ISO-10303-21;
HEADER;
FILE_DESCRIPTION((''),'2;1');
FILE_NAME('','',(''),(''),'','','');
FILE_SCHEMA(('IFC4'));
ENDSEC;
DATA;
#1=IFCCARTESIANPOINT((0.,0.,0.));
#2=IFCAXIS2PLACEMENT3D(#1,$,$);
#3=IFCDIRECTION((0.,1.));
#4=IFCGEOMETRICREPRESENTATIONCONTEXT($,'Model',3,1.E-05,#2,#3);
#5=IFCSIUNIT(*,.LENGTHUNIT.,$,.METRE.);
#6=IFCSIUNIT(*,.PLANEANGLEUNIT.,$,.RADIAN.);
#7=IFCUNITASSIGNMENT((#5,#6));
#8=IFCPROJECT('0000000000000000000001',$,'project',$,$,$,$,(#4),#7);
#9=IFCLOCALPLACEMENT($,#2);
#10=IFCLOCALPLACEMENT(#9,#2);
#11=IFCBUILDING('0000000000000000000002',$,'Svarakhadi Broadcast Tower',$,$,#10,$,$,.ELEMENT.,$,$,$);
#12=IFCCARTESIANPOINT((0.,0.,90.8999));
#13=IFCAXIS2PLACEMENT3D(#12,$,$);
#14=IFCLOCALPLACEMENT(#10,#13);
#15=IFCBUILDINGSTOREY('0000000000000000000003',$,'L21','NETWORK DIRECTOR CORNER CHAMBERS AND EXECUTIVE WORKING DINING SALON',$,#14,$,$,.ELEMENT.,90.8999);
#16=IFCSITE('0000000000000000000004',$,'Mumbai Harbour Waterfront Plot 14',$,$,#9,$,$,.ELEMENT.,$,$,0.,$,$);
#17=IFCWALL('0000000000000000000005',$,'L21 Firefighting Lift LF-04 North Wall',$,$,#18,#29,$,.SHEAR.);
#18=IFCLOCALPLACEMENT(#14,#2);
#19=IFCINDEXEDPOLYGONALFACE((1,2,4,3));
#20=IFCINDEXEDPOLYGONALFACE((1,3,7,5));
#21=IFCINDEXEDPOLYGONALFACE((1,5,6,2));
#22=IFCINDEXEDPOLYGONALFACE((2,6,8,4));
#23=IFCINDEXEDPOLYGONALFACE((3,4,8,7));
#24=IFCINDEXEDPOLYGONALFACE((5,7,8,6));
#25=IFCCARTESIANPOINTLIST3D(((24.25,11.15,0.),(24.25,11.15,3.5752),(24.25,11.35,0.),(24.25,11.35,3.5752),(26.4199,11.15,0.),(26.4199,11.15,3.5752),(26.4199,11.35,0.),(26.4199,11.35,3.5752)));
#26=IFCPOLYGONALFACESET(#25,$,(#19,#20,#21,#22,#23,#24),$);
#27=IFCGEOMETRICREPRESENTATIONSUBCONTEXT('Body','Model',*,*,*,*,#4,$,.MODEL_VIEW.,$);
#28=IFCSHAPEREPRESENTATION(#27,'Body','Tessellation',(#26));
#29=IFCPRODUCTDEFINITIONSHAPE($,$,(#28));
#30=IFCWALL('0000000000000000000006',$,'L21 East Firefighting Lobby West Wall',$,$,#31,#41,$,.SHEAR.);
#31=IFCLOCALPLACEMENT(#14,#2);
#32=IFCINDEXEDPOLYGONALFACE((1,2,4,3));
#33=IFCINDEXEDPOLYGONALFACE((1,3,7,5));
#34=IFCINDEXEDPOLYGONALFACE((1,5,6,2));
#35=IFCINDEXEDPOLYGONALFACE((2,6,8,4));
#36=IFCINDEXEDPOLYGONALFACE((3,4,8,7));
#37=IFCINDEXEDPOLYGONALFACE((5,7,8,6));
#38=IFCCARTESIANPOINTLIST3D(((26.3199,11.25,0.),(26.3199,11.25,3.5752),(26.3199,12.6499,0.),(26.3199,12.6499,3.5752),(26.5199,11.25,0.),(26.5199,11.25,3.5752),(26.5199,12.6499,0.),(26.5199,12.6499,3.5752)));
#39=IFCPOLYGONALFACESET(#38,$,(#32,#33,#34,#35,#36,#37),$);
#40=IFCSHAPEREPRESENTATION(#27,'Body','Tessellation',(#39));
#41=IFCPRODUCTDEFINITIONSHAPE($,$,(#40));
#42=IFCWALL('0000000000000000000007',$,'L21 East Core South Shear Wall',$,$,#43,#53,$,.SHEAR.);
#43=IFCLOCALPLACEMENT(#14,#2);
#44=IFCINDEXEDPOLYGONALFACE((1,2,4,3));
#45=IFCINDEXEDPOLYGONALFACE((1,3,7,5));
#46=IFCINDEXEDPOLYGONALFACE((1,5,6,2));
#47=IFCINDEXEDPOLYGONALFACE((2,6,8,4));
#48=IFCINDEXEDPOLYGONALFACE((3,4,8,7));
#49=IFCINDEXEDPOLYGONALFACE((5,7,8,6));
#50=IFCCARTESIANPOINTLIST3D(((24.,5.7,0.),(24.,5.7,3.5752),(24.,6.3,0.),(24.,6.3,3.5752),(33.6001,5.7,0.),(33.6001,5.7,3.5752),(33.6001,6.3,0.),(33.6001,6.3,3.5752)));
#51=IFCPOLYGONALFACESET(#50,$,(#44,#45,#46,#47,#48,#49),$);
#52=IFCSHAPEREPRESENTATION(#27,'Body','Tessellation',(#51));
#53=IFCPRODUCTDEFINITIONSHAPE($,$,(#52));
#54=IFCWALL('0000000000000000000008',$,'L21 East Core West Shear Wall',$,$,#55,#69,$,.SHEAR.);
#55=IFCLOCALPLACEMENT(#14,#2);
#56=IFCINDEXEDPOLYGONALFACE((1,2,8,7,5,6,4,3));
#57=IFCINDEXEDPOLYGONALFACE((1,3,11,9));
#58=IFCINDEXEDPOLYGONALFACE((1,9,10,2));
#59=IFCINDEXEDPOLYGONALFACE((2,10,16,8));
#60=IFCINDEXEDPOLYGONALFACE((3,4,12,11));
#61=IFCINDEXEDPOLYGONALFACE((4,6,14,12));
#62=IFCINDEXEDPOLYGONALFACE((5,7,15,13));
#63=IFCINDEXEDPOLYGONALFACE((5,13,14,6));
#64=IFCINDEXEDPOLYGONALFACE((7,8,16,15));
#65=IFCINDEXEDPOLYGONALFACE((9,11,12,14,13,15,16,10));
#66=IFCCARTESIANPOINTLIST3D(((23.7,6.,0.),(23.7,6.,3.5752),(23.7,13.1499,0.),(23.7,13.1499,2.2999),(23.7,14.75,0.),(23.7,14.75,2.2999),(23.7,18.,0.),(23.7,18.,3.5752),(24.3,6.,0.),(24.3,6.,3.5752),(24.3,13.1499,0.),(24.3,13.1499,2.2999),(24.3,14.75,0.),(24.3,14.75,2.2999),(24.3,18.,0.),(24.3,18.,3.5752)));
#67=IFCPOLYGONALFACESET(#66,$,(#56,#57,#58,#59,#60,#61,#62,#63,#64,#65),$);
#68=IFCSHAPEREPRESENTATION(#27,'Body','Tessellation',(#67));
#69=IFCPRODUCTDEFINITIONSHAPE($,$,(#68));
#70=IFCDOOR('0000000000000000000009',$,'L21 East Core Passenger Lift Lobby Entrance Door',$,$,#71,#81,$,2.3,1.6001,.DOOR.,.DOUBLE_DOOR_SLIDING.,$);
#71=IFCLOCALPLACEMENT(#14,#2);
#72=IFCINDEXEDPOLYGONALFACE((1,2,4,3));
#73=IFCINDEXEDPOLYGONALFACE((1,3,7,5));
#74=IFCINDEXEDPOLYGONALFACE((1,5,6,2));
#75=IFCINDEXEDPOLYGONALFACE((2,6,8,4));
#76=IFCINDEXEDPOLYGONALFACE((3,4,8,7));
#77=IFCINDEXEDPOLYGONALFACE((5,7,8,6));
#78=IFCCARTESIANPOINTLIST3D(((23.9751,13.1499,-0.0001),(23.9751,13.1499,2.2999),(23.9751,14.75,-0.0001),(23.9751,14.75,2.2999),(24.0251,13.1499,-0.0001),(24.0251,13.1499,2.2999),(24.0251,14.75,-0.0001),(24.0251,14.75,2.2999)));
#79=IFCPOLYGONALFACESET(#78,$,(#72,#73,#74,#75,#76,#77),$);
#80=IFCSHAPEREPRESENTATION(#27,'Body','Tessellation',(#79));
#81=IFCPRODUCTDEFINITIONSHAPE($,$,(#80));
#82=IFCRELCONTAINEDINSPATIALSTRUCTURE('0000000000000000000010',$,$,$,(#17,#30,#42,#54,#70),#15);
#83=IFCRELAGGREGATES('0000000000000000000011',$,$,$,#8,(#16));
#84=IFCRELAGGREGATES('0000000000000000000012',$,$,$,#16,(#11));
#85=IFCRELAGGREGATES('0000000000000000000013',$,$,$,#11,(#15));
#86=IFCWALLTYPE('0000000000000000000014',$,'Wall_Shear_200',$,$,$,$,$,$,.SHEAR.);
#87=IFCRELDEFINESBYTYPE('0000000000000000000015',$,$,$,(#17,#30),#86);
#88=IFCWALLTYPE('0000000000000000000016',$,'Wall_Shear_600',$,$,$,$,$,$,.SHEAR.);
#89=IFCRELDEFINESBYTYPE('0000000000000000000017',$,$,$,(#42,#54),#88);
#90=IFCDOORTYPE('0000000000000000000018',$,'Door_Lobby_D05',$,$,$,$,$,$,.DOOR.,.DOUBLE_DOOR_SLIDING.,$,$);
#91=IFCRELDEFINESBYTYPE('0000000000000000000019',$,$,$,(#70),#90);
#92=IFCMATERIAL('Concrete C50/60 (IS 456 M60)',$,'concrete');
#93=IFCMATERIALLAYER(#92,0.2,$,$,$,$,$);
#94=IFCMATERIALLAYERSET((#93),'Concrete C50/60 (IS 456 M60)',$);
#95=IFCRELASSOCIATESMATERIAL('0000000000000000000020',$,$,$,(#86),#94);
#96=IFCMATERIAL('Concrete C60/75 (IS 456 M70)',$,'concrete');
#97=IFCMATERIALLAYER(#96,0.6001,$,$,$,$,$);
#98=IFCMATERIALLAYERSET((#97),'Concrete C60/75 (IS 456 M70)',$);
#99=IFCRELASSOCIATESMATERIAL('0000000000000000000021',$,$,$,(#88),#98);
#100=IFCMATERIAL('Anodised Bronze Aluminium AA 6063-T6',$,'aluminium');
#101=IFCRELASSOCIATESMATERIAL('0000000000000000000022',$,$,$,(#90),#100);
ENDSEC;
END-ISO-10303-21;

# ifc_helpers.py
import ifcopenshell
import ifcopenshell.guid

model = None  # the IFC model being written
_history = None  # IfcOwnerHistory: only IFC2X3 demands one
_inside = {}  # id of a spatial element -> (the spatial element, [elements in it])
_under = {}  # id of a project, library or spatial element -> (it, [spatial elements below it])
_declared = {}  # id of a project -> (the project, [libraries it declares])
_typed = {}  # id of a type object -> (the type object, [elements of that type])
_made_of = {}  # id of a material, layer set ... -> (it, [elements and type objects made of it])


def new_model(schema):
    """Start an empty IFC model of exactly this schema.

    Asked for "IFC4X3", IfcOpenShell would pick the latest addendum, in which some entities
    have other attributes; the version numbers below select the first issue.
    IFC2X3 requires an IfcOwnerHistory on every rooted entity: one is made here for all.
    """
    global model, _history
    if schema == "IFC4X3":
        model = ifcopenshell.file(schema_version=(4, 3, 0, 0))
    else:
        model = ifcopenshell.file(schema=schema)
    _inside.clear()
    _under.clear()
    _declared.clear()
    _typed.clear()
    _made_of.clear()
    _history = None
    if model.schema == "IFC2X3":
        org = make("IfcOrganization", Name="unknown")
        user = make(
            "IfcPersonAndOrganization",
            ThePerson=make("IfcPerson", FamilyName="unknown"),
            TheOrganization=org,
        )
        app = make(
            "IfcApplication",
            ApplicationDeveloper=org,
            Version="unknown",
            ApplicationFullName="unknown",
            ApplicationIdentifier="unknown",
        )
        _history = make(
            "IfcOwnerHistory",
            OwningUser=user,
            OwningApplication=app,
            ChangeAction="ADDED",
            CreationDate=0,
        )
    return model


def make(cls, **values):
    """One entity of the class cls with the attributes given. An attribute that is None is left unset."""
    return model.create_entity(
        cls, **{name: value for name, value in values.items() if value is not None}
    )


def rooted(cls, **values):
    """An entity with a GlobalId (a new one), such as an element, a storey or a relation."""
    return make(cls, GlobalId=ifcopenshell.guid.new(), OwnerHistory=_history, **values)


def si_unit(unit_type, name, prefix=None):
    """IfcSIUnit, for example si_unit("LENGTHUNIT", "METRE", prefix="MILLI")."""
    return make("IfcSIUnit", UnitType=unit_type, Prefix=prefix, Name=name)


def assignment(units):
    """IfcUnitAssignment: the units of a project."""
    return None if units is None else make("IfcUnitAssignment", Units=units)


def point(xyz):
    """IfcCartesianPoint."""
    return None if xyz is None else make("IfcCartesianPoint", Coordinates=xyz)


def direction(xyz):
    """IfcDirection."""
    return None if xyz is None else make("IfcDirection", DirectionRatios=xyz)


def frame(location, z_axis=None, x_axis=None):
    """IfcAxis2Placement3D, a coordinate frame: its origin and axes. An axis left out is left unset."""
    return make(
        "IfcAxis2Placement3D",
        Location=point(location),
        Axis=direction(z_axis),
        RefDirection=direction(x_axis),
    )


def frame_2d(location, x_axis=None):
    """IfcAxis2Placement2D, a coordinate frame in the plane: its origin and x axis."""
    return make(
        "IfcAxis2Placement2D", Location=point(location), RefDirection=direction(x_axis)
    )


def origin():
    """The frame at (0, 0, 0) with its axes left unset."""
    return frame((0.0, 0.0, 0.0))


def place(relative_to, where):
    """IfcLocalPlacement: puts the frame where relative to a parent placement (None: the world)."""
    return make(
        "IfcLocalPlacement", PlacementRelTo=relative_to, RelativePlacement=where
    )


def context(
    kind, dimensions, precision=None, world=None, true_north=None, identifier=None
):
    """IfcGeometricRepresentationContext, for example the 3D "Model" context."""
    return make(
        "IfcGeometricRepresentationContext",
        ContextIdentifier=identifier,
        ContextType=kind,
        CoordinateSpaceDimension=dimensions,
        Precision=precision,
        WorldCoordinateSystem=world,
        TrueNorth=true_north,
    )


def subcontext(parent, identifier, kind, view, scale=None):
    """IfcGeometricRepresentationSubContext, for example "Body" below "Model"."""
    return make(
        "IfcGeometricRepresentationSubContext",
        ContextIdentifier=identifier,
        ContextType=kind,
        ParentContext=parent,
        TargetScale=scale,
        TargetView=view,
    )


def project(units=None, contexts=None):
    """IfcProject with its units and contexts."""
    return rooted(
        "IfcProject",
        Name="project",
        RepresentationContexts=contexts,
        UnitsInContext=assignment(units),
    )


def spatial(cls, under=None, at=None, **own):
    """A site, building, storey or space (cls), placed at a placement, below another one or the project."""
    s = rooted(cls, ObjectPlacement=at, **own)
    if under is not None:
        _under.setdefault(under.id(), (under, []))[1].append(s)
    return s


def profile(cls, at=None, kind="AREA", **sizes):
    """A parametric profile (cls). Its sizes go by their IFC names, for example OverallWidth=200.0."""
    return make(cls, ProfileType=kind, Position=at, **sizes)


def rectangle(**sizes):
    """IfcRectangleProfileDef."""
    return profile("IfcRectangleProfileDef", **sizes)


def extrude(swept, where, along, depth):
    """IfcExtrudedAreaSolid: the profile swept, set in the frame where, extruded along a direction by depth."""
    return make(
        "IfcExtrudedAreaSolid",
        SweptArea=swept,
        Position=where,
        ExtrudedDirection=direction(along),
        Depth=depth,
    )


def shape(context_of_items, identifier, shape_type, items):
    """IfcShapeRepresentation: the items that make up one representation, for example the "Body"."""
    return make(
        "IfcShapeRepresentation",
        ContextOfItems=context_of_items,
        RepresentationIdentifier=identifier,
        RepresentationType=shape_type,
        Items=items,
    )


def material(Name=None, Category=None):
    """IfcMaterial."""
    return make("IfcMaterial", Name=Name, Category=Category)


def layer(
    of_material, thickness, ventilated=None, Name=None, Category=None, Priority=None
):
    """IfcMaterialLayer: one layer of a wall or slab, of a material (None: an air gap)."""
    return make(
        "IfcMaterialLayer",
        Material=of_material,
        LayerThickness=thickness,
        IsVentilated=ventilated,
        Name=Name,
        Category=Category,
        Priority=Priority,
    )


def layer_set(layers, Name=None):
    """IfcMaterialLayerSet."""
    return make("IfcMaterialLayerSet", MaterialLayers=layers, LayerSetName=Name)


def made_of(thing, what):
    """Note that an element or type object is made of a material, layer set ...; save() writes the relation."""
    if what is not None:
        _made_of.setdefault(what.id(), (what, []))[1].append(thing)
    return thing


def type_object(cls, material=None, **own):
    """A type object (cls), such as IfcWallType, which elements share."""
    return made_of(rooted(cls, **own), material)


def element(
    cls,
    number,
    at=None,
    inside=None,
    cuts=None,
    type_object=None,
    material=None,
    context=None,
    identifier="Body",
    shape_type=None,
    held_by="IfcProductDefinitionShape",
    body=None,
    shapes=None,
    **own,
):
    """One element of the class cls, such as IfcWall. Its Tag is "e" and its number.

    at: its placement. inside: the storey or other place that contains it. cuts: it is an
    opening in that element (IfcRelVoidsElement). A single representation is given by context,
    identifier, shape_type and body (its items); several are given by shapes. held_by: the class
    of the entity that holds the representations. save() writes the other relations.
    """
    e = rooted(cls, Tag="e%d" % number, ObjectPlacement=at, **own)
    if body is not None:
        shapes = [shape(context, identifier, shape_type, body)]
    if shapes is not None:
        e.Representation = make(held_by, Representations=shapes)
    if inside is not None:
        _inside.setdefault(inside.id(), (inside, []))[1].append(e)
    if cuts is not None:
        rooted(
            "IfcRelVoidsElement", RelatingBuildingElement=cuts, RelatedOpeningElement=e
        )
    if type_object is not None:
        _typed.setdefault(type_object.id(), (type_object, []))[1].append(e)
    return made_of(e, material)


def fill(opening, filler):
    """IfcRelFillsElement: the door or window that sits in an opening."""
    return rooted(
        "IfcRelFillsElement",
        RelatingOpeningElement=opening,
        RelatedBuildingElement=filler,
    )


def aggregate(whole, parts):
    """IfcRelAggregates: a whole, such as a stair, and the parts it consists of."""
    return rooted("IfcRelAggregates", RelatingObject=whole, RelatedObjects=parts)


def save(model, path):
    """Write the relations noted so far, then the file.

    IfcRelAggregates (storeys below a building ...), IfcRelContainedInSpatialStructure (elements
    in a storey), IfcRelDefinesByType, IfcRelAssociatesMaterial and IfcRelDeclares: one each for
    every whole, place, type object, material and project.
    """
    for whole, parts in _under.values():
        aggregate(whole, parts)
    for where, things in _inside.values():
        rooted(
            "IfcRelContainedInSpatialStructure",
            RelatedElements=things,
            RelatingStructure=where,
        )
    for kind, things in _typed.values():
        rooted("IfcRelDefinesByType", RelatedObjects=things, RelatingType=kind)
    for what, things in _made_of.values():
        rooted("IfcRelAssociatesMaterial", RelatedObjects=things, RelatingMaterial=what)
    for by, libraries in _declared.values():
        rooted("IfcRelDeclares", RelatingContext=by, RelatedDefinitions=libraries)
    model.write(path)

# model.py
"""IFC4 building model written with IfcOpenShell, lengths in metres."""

from ifc_helpers import new_model, si_unit, direction, frame, frame_2d, origin, place, context, subcontext, project, spatial, rectangle, extrude, material, layer, layer_set, type_object, element, fill, save


model = new_model("IFC4")

# Units and contexts
model_context = context("Model", 3, precision=1e-05, world=origin(), true_north=direction((0.0, 1.0)))
body_context = subcontext(model_context, "Body", "Model", "MODEL_VIEW")
ifc_project = project(units=[si_unit("LENGTHUNIT", "METRE"), si_unit("PLANEANGLEUNIT", "RADIAN")], contexts=[model_context])

# Site, building, storey
site_placement = place(None, origin())
site = spatial("IfcSite", under=ifc_project, at=site_placement, Name="Mumbai Harbour Waterfront Plot 14", CompositionType="ELEMENT", RefElevation=0.0)
building_placement = place(site_placement, origin())
building = spatial("IfcBuilding", under=site, at=building_placement, Name="Svarakhadi Broadcast Tower", CompositionType="ELEMENT")
storey_placement = place(building_placement, frame((0.0, 0.0, 90.8999)))
storey = spatial("IfcBuildingStorey", under=building, at=storey_placement, Name="L21", Description="NETWORK DIRECTOR CORNER CHAMBERS AND EXECUTIVE WORKING DINING SALON", CompositionType="ELEMENT", Elevation=90.8999)

# Shared definitions
ifc_material_1 = material(Name="Concrete C60/75 (IS 456 M70)", Category="concrete")

# Shared definitions
ifc_material_2 = material(Name="Anodised Bronze Aluminium AA 6063-T6", Category="aluminium")

# Shared definitions
ifc_material_3 = material(Name="Concrete C50/60 (IS 456 M60)", Category="concrete")
ifc_layer_1 = layer(ifc_material_3, 0.2)
ifc_layer_set_1 = layer_set([ifc_layer_1], Name="Concrete C50/60 (IS 456 M60)")
wall_type_1 = type_object("IfcWallType", Name="Wall_Shear_200", PredefinedType="SHEAR", material=ifc_layer_set_1)

# Walls
for number, where, z_axis, x_axis, name in (
    (1, (24.25, 11.25, 0.0), (0.0, 0.0, 1.0), (1.0, 0.0, 0.0), "L21 Firefighting Lift LF-04 North Wall"),
):
    element("IfcWall", number, at=place(storey_placement, frame(where, z_axis=z_axis, x_axis=x_axis)), inside=storey, type_object=wall_type_1, Name=name, PredefinedType="SHEAR", context=body_context, shape_type="SweptSolid", body=[
        extrude(rectangle(XDim=2.1699, YDim=0.2, at=frame_2d((1.085, 0.0))), origin(), (0.0, 0.0, 1.0), 3.5752),
    ])
wall_1_placement = place(storey_placement, frame((26.4199, 11.25, 0.0), z_axis=(0.0, 0.0, 1.0), x_axis=(0.0, 1.0, 0.0)))
element("IfcWall", 2, at=wall_1_placement, inside=storey, type_object=wall_type_1, Name="L21 East Firefighting Lobby West Wall", PredefinedType="SHEAR", context=body_context, shape_type="SweptSolid", body=[
    extrude(rectangle(XDim=1.3999, YDim=0.2, at=frame_2d((0.7, 0.0))), origin(), (0.0, 0.0, 1.0), 3.5752),
])
ifc_layer_2 = layer(ifc_material_1, 0.6001)
ifc_layer_set_2 = layer_set([ifc_layer_2], Name="Concrete C60/75 (IS 456 M70)")
wall_type_2 = type_object("IfcWallType", Name="Wall_Shear_600", PredefinedType="SHEAR", material=ifc_layer_set_2)
wall_2_placement = place(storey_placement, frame((24.0, 6.0, 0.0), z_axis=(0.0, 0.0, 1.0), x_axis=(1.0, 0.0, 0.0)))
element("IfcWall", 3, at=wall_2_placement, inside=storey, type_object=wall_type_2, Name="L21 East Core South Shear Wall", PredefinedType="SHEAR", context=body_context, shape_type="SweptSolid", body=[
    extrude(rectangle(XDim=9.6001, YDim=0.6001, at=frame_2d((4.8, 0.0))), origin(), (0.0, 0.0, 1.0), 3.5752),
])

# Wall, opening, door
wall_3_placement = place(storey_placement, frame((24.0, 6.0, 0.0), z_axis=(0.0, 0.0, 1.0), x_axis=(0.0, 1.0, 0.0)))
wall_3 = element("IfcWall", 4, at=wall_3_placement, inside=storey, type_object=wall_type_2, Name="L21 East Core West Shear Wall", PredefinedType="SHEAR", context=body_context, shape_type="SweptSolid", body=[
    extrude(rectangle(XDim=12.0, YDim=0.6001, at=frame_2d((6.0, 0.0))), origin(), (0.0, 0.0, 1.0), 3.5752),
])
opening_1_placement = place(wall_3_placement, frame((7.1499, 0.0, 0.0)))
opening_1 = element("IfcOpeningElement", 5, at=opening_1_placement, cuts=wall_3, PredefinedType="OPENING", context=body_context, shape_type="SweptSolid", body=[
    extrude(rectangle(XDim=1.6001, YDim=2.3, at=frame_2d((0.8, 1.1499))), frame((0.0, 0.3101, 0.0), z_axis=(0.0, -1.0, 0.0), x_axis=(1.0, 0.0, 0.0)), (0.0, 0.0, 1.0), 0.6201),
])
door_type_1 = type_object("IfcDoorType", Name="Door_Lobby_D05", OperationType="DOUBLE_DOOR_SLIDING", PredefinedType="DOOR", material=ifc_material_2)
door_1_placement = place(opening_1_placement, origin())
door_1 = element("IfcDoor", 6, at=door_1_placement, inside=storey, type_object=door_type_1, Name="L21 East Core Passenger Lift Lobby Entrance Door", OperationType="DOUBLE_DOOR_SLIDING", OverallHeight=2.3, OverallWidth=1.6001, PredefinedType="DOOR", context=body_context, shape_type="SweptSolid", body=[
    extrude(rectangle(XDim=1.6001, YDim=2.3, at=frame_2d((0.8, 1.1499))), frame((0.0, 0.0249, 0.0), z_axis=(0.0, -1.0, 0.0), x_axis=(1.0, 0.0, 0.0)), (0.0, 0.0, 1.0), 0.05),
])
fill(opening_1, door_1)

save(model, "model.ifc")
